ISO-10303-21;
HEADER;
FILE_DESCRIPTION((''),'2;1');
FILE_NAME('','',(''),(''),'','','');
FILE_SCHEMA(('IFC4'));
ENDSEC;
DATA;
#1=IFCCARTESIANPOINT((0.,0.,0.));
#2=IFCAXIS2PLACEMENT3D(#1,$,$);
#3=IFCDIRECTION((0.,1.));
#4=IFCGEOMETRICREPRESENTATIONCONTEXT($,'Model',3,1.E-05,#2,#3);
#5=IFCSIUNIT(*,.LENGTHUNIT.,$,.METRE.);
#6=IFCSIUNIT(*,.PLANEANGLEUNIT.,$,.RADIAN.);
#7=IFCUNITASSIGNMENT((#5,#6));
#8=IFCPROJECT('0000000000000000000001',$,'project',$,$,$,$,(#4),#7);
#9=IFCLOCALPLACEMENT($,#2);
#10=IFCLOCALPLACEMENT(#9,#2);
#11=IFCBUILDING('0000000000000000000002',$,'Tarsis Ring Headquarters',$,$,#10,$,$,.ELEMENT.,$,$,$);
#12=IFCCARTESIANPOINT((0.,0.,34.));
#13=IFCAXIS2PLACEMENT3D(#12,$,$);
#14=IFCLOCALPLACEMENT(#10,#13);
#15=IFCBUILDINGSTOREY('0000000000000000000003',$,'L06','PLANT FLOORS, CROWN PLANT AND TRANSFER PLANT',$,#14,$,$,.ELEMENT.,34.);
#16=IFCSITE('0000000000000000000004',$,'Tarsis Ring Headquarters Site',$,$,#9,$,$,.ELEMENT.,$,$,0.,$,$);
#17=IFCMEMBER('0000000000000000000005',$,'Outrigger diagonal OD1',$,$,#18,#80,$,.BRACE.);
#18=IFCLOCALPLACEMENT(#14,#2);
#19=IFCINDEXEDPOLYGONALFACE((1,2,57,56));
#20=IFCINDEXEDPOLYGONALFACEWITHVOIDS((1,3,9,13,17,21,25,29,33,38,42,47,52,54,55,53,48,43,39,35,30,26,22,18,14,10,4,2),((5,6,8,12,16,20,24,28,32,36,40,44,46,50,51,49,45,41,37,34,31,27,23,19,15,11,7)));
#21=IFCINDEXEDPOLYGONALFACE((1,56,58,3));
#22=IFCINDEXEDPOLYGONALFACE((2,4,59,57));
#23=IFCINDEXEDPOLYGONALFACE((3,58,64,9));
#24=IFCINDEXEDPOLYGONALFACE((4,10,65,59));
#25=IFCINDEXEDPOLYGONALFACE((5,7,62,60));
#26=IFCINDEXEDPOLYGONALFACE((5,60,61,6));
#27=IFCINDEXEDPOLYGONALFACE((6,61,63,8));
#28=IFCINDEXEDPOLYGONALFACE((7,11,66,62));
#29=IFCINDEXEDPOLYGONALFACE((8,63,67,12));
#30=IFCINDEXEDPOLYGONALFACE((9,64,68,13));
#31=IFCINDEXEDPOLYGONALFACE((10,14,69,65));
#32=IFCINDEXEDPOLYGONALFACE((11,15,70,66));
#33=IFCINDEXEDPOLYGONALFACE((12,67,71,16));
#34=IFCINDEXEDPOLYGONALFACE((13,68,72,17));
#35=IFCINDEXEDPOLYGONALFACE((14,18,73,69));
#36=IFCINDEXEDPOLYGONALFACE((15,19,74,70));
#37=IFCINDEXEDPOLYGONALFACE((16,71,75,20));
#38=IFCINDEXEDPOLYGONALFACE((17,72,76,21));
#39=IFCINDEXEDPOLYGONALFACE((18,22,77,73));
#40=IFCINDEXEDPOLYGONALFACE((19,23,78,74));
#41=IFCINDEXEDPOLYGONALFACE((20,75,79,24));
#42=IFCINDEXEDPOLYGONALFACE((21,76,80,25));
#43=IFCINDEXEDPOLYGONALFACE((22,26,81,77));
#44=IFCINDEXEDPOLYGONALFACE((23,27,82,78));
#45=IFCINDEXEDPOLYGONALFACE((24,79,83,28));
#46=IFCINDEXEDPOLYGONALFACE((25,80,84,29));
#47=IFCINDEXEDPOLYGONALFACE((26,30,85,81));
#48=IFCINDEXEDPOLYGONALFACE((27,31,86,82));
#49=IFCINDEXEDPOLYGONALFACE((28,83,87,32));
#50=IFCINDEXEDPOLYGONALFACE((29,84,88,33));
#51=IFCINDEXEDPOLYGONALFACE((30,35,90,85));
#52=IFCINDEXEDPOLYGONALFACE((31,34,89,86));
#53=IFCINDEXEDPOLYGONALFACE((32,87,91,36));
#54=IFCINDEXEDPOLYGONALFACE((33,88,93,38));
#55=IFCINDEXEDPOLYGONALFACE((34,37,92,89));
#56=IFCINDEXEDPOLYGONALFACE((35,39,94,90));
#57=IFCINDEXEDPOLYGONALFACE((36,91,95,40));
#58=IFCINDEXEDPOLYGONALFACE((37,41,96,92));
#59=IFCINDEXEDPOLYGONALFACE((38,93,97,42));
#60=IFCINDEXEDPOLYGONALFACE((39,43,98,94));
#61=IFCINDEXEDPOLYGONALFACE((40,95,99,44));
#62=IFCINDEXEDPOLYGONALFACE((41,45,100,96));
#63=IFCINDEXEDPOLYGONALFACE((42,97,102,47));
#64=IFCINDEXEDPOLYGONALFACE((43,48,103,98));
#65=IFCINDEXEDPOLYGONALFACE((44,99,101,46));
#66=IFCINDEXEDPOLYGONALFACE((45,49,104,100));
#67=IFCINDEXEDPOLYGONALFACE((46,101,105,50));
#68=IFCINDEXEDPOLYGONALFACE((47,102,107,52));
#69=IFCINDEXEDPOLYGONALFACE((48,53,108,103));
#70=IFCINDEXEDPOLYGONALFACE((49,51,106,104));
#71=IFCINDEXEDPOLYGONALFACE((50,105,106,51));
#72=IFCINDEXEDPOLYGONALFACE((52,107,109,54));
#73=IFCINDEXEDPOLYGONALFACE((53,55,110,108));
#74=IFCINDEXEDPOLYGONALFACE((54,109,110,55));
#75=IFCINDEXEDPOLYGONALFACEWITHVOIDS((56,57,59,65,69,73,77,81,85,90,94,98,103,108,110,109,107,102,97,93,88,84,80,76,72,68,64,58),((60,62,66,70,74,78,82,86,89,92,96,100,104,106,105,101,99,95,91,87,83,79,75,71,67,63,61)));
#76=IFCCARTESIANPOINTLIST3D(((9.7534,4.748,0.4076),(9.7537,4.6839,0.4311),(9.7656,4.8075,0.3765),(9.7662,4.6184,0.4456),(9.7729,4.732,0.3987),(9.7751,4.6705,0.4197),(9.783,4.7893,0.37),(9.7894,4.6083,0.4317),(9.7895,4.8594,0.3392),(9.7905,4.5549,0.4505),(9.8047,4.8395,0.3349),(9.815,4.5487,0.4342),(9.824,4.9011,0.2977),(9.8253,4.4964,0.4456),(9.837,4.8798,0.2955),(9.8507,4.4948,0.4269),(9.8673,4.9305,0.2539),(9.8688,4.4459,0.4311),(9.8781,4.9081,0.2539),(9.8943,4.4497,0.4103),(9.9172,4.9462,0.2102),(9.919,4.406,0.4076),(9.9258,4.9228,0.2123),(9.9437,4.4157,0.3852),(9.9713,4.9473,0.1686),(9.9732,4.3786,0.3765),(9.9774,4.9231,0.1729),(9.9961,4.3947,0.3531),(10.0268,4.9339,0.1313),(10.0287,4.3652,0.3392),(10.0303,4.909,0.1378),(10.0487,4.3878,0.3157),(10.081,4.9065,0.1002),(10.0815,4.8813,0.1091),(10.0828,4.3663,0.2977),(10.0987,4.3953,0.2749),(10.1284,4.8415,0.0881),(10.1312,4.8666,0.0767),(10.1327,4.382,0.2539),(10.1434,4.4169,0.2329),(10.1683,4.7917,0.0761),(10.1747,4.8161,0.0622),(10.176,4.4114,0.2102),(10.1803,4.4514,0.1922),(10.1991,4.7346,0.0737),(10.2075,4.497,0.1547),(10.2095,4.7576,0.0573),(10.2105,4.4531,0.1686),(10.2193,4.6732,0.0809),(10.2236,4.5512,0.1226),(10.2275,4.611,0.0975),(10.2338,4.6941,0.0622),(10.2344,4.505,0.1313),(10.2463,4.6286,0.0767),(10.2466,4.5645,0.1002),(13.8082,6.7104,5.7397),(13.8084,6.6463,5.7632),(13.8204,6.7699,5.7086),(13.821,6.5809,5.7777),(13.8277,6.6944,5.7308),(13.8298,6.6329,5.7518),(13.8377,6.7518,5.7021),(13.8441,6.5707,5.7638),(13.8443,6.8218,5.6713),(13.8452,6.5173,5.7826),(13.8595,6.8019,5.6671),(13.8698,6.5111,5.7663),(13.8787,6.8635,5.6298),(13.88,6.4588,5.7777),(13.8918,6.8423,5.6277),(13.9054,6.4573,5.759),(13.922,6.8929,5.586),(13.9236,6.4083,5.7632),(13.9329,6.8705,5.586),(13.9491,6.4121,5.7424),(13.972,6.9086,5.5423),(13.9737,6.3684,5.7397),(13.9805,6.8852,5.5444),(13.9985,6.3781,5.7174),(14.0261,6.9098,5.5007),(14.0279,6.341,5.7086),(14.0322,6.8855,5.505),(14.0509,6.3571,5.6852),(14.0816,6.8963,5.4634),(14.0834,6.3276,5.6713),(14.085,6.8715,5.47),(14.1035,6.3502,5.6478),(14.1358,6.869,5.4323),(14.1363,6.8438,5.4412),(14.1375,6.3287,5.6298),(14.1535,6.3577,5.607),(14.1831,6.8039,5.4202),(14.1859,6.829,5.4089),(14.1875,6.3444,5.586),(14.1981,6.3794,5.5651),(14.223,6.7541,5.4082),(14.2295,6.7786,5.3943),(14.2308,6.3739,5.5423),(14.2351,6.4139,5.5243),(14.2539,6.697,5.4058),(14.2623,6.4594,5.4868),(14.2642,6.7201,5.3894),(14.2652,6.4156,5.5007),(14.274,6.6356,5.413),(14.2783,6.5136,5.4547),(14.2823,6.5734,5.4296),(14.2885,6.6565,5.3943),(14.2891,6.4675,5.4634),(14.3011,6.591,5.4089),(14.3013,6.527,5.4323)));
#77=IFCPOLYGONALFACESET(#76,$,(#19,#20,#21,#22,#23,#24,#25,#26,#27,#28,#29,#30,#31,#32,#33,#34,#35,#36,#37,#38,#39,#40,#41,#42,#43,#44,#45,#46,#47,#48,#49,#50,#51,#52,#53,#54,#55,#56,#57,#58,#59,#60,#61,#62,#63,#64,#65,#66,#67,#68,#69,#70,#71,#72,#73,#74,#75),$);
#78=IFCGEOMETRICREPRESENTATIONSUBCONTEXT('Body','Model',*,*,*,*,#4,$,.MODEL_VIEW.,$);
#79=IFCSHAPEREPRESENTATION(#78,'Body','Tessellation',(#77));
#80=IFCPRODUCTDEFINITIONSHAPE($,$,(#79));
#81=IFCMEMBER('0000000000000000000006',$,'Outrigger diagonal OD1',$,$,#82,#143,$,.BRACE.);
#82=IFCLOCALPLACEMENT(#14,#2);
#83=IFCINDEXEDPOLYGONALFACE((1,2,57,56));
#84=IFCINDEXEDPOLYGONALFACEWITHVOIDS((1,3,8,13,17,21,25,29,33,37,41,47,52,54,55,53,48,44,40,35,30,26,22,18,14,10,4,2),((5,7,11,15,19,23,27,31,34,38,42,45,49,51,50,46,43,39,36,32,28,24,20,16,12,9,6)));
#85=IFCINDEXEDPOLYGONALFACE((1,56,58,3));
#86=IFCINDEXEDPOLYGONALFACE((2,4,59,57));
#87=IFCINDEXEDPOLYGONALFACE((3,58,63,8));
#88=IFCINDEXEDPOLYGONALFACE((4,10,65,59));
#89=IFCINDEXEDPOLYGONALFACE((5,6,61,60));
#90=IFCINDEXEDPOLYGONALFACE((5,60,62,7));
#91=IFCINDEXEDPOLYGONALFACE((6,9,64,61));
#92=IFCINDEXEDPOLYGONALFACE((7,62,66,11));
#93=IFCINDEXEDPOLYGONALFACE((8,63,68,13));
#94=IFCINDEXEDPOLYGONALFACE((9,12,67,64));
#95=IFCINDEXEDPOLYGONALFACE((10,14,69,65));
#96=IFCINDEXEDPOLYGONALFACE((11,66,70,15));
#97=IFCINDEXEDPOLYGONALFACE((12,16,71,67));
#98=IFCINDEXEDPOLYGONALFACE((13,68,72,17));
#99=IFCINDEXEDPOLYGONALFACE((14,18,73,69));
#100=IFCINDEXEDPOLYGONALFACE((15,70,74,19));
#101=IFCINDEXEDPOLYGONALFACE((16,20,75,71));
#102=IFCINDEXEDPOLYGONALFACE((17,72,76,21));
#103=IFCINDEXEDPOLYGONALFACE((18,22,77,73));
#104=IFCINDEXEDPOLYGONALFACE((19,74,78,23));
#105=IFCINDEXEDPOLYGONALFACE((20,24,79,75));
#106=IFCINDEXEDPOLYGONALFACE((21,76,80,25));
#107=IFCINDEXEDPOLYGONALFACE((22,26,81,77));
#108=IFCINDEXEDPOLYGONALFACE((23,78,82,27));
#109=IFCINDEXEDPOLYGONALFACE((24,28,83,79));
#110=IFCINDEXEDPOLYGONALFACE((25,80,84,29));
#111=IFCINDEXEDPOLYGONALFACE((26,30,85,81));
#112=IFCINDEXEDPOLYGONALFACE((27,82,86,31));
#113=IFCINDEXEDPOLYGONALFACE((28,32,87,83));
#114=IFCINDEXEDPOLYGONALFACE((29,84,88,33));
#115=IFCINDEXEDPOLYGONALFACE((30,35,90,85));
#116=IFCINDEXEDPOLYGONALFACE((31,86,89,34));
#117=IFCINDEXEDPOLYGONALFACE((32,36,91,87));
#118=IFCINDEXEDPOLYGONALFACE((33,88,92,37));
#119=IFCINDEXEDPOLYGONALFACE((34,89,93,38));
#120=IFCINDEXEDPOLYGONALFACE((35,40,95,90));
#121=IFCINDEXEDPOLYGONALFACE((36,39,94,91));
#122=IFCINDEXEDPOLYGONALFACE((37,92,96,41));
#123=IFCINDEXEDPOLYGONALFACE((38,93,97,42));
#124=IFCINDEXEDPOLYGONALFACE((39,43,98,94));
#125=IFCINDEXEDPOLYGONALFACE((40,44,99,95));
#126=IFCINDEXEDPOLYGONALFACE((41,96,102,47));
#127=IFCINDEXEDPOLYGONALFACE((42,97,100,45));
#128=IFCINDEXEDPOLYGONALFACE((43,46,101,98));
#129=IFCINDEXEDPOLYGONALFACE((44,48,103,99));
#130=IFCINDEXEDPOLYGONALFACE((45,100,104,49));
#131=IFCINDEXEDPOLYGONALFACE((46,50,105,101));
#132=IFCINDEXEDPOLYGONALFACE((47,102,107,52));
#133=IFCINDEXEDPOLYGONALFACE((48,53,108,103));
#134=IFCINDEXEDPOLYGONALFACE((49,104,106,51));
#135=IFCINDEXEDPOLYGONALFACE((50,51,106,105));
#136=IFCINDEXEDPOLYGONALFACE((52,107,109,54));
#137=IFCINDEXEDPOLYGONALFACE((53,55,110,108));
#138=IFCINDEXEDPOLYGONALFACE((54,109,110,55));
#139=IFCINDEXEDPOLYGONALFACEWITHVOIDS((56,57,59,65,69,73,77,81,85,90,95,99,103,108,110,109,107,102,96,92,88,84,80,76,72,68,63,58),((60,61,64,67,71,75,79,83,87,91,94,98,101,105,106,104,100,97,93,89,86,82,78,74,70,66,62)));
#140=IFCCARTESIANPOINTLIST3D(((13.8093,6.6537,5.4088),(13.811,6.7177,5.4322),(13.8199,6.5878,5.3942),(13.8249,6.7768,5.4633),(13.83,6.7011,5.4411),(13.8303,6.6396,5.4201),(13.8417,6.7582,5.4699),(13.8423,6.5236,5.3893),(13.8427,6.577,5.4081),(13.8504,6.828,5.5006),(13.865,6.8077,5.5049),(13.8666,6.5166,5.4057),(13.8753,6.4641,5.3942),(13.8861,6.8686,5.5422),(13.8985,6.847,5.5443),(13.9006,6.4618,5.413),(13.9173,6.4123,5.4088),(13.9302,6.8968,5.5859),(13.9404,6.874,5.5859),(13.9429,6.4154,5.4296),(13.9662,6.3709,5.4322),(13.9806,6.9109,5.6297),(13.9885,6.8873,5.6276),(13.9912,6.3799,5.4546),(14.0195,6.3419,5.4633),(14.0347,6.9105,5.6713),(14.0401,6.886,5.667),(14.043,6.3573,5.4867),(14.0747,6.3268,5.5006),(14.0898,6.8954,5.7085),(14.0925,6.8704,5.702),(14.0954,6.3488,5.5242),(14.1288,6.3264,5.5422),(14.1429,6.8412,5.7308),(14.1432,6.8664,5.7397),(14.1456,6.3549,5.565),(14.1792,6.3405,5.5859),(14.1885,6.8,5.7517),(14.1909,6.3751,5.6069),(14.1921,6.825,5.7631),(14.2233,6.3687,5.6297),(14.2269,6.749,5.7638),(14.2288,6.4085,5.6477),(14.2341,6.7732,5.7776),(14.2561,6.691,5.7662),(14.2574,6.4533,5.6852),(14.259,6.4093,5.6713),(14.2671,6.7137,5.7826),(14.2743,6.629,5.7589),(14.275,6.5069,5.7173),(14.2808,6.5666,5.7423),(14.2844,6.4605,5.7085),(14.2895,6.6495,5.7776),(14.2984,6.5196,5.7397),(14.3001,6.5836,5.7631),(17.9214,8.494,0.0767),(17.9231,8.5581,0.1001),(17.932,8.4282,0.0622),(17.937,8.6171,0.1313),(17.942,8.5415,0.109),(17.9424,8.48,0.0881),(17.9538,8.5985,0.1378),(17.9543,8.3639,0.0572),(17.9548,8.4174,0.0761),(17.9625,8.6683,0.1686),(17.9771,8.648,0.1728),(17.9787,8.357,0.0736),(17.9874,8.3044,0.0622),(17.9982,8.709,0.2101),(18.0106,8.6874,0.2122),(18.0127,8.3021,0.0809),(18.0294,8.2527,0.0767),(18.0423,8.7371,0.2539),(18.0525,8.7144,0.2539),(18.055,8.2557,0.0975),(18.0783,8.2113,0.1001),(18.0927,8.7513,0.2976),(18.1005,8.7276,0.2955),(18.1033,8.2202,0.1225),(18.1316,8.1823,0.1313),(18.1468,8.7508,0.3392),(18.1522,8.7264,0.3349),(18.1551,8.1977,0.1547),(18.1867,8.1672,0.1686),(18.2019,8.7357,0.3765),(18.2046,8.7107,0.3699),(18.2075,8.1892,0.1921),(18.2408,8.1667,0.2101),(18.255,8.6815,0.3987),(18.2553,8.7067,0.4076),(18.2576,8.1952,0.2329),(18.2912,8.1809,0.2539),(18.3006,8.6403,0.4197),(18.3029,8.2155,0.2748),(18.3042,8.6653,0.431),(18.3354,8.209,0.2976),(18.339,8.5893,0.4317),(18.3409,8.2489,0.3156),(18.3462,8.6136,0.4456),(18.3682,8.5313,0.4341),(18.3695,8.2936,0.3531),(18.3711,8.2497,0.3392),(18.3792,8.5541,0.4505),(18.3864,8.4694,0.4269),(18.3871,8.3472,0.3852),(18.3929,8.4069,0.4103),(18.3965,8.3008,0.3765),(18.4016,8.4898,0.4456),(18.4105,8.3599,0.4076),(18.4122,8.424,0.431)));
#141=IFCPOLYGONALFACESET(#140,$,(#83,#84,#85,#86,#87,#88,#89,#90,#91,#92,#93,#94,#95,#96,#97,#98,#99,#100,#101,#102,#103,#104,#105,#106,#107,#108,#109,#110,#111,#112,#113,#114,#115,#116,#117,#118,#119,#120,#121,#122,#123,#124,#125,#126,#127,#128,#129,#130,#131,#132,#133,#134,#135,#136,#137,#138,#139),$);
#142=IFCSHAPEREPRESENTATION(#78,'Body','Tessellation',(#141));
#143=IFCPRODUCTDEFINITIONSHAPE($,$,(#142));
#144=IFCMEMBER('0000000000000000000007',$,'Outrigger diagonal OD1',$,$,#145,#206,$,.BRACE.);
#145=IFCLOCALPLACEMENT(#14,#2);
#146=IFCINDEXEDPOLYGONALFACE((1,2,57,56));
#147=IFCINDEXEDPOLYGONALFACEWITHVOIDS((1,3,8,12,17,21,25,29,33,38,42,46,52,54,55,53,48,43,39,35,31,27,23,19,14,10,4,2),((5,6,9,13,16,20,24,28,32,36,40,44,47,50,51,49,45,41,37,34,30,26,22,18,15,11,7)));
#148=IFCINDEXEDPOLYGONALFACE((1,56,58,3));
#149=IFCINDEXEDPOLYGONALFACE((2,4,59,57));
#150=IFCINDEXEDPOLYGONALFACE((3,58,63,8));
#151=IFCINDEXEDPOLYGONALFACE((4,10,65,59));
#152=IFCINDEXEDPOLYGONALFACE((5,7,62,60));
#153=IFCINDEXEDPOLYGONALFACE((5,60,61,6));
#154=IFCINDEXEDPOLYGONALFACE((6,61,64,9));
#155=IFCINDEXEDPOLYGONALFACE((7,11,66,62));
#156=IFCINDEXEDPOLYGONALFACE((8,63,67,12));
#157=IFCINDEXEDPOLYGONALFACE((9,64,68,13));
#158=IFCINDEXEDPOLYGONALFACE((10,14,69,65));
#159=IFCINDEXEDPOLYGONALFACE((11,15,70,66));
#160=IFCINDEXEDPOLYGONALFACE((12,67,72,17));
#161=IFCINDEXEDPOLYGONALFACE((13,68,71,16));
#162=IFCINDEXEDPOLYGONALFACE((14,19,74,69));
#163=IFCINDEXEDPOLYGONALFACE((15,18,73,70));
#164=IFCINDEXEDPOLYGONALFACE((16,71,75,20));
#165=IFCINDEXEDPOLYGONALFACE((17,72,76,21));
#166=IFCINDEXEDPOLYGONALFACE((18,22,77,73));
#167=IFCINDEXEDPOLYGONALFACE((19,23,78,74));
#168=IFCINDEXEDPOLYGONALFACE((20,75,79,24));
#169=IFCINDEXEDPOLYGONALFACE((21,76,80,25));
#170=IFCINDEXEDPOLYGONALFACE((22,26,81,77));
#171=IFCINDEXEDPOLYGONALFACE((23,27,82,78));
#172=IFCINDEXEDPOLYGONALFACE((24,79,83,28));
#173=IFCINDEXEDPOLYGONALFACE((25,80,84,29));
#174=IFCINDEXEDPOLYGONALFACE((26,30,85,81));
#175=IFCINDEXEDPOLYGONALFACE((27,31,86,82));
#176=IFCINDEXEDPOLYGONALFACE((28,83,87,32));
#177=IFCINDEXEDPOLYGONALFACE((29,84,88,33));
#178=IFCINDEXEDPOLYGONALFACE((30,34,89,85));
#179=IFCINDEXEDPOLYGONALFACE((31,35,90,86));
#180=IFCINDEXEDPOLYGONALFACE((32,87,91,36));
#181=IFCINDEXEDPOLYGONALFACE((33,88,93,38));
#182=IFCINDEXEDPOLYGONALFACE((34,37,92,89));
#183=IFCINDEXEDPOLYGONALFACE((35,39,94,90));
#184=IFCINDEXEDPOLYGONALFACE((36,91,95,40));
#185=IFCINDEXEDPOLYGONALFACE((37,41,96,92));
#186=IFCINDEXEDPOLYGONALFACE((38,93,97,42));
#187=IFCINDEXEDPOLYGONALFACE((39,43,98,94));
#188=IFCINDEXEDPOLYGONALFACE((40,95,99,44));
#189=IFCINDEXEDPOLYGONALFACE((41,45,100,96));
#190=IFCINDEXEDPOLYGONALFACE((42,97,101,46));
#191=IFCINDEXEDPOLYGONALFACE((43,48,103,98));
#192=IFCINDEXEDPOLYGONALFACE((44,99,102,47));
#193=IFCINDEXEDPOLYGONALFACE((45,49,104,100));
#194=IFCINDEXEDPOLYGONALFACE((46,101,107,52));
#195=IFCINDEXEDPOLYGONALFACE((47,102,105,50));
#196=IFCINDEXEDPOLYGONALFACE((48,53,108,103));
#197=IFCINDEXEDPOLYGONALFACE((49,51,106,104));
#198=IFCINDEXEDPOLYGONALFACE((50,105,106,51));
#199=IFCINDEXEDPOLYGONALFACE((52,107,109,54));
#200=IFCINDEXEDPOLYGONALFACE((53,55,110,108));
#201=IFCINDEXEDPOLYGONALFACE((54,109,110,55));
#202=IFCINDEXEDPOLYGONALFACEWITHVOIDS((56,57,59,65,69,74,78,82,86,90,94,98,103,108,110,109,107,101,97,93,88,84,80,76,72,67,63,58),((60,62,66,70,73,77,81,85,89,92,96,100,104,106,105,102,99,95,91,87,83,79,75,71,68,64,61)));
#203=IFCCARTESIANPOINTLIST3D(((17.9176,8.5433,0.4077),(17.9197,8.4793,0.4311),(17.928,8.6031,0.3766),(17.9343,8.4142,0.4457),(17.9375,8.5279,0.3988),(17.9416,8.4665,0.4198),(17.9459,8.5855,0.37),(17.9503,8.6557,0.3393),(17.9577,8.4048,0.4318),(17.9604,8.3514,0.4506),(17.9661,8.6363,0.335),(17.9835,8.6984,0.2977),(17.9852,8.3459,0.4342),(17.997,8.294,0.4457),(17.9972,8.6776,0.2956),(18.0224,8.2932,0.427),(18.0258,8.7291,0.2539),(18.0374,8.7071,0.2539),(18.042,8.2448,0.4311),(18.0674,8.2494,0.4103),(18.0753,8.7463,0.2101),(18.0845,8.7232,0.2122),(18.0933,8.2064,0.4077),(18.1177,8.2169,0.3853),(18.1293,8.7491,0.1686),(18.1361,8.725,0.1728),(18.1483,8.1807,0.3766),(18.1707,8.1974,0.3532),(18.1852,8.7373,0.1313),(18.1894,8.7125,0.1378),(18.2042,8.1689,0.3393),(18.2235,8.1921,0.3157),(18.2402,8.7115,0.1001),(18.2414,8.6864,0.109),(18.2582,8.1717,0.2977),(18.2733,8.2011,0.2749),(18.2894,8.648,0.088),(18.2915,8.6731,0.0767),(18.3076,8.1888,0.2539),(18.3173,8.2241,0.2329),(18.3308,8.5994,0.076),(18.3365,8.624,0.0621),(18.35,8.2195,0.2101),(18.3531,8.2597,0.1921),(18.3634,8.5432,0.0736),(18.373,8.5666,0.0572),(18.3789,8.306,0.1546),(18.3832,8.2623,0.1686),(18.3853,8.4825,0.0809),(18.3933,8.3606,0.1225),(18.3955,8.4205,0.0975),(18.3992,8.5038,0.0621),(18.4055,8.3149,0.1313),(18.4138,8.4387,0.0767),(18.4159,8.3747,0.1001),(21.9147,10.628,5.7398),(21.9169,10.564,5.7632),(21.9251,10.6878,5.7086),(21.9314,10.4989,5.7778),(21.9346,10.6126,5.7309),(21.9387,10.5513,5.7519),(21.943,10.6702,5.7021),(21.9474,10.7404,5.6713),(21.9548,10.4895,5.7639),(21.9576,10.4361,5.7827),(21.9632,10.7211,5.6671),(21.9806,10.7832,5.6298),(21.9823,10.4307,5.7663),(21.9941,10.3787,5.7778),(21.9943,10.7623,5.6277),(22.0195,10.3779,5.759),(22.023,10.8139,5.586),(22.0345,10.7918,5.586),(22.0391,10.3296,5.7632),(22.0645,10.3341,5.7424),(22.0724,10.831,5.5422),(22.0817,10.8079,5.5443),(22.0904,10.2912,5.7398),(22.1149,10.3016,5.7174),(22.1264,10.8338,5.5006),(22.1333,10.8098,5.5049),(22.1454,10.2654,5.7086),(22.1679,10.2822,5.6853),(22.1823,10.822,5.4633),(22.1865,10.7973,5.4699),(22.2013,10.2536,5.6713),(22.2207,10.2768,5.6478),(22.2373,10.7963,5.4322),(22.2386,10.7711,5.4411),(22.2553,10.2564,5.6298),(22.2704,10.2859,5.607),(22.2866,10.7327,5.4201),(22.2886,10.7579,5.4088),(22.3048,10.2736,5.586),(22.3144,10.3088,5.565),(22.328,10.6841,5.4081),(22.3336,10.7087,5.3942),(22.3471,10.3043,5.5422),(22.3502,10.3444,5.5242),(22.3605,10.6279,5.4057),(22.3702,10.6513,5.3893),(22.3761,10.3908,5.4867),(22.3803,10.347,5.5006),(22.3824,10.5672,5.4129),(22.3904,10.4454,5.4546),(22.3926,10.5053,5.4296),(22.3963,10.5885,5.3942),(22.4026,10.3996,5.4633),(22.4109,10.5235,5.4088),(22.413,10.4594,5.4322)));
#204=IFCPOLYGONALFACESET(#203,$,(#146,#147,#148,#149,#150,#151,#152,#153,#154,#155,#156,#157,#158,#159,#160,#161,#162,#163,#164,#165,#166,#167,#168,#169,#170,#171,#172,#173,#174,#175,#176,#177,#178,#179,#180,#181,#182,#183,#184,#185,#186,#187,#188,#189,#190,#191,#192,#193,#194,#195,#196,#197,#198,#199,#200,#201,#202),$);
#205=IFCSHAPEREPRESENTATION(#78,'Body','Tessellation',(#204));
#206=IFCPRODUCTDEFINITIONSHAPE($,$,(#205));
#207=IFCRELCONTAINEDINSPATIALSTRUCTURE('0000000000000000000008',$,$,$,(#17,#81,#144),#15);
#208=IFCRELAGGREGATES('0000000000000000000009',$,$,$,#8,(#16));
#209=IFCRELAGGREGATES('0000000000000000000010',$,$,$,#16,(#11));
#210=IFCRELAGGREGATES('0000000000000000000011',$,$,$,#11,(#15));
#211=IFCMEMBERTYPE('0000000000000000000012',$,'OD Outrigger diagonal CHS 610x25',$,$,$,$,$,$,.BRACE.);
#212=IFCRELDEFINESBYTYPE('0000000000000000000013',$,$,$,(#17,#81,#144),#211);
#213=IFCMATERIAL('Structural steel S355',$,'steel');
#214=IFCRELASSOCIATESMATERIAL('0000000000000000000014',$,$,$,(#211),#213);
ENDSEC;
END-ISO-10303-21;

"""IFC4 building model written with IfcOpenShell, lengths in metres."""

from ifc_helpers import new_model, si_unit, direction, frame, origin, origin_2d, place, context, subcontext, project, spatial, hollow_circle, extrude, material, material_profile, profile_set, type_object, element, save


model = new_model("IFC4")

# Units and contexts
model_context = context("Model", 3, precision=1e-05, world=origin(), true_north=direction((0.0, 1.0)))
body_context = subcontext(model_context, "Body", "Model", "MODEL_VIEW")
ifc_project = project(units=[si_unit("LENGTHUNIT", "METRE"), si_unit("PLANEANGLEUNIT", "RADIAN")], contexts=[model_context])

# Site, building, storey
site_placement = place(None, origin())
site = spatial("IfcSite", under=ifc_project, at=site_placement, Name="Tarsis Ring Headquarters Site", CompositionType="ELEMENT", RefElevation=0.0)
building_placement = place(site_placement, origin())
building = spatial("IfcBuilding", under=site, at=building_placement, Name="Tarsis Ring Headquarters", CompositionType="ELEMENT")
storey_placement = place(building_placement, frame((0.0, 0.0, 34.0)))
storey = spatial("IfcBuildingStorey", under=building, at=storey_placement, Name="L06", Description="PLANT FLOORS, CROWN PLANT AND TRANSFER PLANT", CompositionType="ELEMENT", Elevation=34.0)

# Shared definitions
ifc_material_1 = material(Name="Structural steel S355", Category="steel")

# Members
ifc_material_profile_1 = material_profile(ifc_material_1, hollow_circle(Radius=0.3047, WallThickness=0.0249, at=origin_2d()), Name="CHS 610x25")
ifc_profile_set_1 = profile_set([ifc_material_profile_1], Name="Structural steel S355")
member_type_1 = type_object("IfcMemberType", Name="OD Outrigger diagonal CHS 610x25", PredefinedType="BRACE", material=ifc_profile_set_1)
member_1_placement = place(storey_placement, frame((10.0, 4.6562, 0.2539), z_axis=(0.580891, 0.281142, 0.763888), x_axis=(-0.435643, 0.900119, 0.0)))
element("IfcMember", 1, at=member_1_placement, inside=storey, type_object=member_type_1, Name="Outrigger diagonal OD1", PredefinedType="BRACE", context=body_context, shape_type="SweptSolid", body=[
    extrude(hollow_circle(Radius=0.3047, WallThickness=0.0249, at=origin_2d()), origin(), (0.0, 0.0, 1.0), 6.9802),
])
member_2_placement = place(storey_placement, frame((14.0547, 6.6187, 5.5859), z_axis=(0.589084, 0.263642, -0.763854), x_axis=(-0.4085, 0.912758, 0.0)))
element("IfcMember", 2, at=member_2_placement, inside=storey, type_object=member_type_1, Name="Outrigger diagonal OD1", PredefinedType="BRACE", context=body_context, shape_type="SweptSolid", body=[
    extrude(hollow_circle(Radius=0.3047, WallThickness=0.0249, at=origin_2d()), origin(), (0.0, 0.0, 1.0), 6.9805),
])
member_3_placement = place(storey_placement, frame((18.1667, 8.459, 0.2539), z_axis=(0.572454, 0.29857, 0.763645), x_axis=(-0.462442, 0.88665, 0.0)))
element("IfcMember", 3, at=member_3_placement, inside=storey, type_object=member_type_1, Name="Outrigger diagonal OD1", PredefinedType="BRACE", context=body_context, shape_type="SweptSolid", body=[
    extrude(hollow_circle(Radius=0.3047, WallThickness=0.0249, at=origin_2d()), origin(), (0.0, 0.0, 1.0), 6.9824),
])

save(model, "model.ifc")
